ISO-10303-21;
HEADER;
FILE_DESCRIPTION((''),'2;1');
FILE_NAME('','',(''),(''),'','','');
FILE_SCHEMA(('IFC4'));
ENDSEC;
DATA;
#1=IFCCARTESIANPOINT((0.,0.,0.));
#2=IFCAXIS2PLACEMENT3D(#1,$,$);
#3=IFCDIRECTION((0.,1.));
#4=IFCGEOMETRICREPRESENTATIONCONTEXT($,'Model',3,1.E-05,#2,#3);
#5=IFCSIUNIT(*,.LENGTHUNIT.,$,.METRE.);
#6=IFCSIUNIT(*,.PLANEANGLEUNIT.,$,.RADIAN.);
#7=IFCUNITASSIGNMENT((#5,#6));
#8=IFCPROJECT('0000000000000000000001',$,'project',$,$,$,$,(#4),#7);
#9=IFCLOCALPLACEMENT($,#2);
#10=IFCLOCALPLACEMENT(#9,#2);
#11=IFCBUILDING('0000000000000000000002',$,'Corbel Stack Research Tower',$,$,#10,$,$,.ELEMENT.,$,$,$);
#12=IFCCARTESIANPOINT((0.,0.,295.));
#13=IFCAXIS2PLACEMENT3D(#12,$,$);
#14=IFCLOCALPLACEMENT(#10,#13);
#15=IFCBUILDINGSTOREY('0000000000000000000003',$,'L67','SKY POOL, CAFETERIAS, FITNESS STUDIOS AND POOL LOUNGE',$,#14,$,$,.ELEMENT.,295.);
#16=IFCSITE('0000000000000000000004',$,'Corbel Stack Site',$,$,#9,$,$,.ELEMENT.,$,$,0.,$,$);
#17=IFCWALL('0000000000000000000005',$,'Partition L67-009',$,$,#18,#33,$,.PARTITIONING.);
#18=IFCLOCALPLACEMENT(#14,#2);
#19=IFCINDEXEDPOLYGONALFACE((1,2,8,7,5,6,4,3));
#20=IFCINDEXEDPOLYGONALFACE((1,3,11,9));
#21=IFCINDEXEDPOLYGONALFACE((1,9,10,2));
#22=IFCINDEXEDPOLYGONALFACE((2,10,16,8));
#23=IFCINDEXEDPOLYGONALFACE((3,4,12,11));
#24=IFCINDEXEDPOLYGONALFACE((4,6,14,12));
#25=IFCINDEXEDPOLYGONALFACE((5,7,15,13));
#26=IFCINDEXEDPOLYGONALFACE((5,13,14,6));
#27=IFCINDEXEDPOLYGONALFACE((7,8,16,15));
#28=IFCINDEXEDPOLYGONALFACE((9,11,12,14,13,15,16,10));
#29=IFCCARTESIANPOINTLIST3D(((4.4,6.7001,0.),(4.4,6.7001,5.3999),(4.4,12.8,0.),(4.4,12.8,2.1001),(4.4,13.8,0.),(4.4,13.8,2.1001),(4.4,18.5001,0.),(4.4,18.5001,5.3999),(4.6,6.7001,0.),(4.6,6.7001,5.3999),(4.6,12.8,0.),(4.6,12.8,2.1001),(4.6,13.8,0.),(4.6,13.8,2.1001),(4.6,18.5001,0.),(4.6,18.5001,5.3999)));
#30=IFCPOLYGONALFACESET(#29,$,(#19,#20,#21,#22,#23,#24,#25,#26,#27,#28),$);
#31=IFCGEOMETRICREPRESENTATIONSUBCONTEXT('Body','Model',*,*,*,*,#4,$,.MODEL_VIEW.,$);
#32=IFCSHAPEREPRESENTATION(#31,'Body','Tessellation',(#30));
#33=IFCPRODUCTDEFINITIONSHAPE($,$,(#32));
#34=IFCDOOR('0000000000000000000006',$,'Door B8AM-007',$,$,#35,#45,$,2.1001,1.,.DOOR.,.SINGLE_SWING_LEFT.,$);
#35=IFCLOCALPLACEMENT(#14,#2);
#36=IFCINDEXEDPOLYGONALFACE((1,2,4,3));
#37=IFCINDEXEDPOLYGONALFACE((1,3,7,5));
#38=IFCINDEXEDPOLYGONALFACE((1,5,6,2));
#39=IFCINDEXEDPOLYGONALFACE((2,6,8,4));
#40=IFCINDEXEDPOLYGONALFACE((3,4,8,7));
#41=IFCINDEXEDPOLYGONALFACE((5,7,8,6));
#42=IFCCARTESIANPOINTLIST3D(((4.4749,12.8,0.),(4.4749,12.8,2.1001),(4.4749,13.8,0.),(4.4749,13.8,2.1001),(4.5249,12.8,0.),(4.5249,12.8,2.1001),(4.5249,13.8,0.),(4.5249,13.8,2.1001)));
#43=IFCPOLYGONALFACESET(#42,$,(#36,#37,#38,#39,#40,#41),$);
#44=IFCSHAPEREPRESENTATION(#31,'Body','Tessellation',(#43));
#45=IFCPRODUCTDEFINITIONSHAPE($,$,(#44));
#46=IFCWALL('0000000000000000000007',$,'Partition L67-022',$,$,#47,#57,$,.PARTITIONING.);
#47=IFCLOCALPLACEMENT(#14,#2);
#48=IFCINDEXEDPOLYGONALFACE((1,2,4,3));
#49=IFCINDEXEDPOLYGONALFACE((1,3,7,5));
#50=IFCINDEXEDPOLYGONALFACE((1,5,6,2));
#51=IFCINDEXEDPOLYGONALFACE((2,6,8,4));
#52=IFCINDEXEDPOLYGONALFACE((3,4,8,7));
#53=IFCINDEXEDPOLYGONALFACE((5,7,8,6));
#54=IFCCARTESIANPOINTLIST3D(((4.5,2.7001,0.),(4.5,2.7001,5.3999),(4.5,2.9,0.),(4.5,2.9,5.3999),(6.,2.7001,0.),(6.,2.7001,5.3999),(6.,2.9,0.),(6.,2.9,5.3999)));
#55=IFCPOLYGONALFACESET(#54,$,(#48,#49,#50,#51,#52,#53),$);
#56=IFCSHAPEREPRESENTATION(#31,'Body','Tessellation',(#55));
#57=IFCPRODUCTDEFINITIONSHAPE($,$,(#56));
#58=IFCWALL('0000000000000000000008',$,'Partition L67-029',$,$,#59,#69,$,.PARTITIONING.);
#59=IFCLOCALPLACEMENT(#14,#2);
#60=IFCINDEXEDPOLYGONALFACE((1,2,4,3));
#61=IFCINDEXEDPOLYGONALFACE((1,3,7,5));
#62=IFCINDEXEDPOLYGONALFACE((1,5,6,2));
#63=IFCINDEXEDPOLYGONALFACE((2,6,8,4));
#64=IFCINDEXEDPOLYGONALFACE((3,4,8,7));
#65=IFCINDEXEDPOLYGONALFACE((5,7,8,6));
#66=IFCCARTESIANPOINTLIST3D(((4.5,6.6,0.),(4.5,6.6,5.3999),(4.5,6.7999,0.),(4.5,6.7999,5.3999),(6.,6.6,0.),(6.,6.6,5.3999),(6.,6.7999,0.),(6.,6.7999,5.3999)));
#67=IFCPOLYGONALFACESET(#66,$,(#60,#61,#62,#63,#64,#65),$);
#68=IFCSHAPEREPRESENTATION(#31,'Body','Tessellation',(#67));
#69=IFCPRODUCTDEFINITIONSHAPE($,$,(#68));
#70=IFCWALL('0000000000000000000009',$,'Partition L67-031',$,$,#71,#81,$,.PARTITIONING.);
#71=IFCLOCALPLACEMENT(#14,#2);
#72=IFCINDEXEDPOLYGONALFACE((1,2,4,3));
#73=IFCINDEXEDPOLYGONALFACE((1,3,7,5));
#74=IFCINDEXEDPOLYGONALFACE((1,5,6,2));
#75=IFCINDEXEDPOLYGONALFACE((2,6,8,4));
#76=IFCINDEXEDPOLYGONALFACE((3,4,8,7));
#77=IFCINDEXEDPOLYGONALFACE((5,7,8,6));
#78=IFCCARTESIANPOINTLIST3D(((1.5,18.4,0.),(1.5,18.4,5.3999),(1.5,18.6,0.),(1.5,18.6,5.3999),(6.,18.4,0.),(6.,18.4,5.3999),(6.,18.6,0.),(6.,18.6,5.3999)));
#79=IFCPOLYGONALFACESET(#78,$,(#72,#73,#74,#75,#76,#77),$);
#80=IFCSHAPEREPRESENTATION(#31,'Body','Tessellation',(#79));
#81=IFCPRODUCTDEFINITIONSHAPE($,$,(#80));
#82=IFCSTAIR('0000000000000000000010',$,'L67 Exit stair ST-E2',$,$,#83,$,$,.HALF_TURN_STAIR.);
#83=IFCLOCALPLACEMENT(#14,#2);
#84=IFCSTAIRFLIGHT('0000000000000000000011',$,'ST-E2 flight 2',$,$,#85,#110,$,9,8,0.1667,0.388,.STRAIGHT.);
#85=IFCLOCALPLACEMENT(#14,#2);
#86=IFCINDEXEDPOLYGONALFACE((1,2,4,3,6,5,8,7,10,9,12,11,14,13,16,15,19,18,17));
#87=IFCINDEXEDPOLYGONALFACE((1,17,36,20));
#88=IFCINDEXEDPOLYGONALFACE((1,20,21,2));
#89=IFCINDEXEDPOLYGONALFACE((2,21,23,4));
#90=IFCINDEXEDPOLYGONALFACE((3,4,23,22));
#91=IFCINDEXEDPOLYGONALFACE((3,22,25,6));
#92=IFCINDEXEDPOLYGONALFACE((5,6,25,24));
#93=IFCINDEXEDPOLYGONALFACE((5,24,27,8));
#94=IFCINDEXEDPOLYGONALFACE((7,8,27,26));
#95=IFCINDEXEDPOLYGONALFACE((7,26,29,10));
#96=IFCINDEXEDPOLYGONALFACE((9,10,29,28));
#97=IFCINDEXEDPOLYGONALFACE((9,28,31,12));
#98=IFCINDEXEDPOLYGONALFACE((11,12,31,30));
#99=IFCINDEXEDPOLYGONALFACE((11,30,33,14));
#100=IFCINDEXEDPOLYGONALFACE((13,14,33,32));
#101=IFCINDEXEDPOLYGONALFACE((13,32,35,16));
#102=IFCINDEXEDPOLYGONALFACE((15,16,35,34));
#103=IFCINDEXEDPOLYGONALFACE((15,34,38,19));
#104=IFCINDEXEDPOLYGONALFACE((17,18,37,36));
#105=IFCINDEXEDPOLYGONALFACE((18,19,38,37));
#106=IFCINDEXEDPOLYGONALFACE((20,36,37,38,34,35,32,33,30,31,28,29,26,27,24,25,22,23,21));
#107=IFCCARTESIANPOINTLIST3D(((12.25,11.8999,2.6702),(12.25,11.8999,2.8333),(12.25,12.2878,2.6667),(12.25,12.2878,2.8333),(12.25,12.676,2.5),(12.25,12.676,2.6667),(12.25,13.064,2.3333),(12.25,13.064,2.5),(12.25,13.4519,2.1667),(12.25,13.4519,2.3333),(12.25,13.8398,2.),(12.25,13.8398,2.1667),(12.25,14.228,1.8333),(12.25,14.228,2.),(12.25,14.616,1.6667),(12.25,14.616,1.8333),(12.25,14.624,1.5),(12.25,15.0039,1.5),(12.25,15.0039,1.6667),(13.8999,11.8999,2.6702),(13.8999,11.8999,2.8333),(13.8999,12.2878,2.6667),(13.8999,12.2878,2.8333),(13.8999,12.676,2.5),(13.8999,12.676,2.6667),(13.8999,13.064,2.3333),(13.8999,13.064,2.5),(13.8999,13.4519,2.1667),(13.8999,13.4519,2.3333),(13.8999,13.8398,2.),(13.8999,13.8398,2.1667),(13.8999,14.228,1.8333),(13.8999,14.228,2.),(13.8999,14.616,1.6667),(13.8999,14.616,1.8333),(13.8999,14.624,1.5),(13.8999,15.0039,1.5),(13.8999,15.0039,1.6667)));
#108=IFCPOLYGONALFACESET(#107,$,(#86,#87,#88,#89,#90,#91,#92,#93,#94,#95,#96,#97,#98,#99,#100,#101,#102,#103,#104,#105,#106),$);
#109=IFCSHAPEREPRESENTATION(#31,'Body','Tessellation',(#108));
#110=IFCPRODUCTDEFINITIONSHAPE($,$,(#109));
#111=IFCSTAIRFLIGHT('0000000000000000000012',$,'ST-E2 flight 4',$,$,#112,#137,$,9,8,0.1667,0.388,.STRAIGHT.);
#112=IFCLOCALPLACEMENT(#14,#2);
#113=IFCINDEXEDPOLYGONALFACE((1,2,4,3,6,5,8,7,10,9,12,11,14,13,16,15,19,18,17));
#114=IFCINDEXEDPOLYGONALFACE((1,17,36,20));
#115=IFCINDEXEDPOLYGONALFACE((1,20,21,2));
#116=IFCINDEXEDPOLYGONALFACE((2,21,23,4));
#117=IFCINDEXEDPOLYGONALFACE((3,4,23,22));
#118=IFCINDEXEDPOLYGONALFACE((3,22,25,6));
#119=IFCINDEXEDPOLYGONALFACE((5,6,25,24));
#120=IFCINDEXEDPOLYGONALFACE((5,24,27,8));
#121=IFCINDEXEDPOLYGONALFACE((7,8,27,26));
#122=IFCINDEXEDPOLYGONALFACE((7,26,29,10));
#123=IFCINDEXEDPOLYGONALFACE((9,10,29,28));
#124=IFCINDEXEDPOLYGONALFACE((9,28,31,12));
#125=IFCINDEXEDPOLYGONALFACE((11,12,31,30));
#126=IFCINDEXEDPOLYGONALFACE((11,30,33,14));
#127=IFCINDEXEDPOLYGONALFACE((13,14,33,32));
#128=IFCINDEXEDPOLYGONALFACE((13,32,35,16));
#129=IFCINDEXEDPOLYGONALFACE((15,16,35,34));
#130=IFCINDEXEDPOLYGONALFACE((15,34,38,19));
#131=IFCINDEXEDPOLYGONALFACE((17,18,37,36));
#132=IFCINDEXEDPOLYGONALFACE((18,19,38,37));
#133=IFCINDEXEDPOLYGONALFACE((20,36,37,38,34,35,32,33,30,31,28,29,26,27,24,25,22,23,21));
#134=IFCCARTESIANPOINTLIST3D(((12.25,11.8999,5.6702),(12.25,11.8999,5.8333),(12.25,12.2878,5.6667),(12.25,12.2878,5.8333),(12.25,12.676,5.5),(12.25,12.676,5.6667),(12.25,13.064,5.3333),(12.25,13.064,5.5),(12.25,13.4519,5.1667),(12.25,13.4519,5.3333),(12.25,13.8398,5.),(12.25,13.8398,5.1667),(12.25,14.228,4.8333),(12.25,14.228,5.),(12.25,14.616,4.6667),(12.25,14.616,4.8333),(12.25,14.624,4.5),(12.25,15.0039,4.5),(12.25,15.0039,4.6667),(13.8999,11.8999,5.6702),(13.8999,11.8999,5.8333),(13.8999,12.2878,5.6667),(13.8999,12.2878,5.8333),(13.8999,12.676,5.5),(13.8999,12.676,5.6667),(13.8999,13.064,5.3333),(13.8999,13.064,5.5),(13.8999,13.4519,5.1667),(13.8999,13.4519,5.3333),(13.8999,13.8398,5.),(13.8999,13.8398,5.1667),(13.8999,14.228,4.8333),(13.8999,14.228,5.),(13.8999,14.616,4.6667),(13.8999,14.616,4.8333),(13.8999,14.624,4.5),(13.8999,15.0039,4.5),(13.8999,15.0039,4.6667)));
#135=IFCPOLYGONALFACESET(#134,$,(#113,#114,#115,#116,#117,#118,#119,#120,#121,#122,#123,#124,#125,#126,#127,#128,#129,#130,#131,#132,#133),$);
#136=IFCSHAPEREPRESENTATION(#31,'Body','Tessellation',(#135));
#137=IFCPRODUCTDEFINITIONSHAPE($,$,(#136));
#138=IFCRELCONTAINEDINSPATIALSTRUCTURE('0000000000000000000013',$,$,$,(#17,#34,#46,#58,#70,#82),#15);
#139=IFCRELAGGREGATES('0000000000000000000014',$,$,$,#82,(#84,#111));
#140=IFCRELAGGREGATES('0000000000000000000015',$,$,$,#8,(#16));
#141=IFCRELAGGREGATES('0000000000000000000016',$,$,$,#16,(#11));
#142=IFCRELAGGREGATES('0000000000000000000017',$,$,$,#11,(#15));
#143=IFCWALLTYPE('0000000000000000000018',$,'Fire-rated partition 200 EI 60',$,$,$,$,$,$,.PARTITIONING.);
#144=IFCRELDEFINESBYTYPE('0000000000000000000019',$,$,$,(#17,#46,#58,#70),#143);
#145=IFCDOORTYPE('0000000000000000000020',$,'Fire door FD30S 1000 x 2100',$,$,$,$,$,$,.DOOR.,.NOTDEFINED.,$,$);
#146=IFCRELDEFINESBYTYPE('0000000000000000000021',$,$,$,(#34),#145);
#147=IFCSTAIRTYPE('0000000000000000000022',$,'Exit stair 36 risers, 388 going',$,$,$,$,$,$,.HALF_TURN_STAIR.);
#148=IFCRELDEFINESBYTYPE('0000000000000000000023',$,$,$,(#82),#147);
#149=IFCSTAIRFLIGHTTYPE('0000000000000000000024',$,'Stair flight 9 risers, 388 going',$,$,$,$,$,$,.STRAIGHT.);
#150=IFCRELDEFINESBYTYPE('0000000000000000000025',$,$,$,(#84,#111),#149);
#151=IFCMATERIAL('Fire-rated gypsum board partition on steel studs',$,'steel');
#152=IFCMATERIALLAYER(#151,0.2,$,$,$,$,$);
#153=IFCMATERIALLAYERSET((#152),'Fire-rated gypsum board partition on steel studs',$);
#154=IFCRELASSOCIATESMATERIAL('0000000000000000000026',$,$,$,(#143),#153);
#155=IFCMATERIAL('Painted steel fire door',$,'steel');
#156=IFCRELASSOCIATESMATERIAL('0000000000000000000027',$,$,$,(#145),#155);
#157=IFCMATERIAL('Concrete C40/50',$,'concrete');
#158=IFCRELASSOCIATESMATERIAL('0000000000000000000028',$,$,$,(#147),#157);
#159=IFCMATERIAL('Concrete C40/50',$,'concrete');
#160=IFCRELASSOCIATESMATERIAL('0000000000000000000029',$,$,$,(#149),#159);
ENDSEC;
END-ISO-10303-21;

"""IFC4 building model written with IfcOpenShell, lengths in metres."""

from ifc_helpers import new_model, si_unit, direction, frame, frame_2d, origin, place, context, subcontext, project, spatial, polyline, rectangle, outline, extrude, material, layer, layer_set, type_object, element, fill, aggregate, save


model = new_model("IFC4")

# Units and contexts
model_context = context("Model", 3, precision=1e-05, world=origin(), true_north=direction((0.0, 1.0)))
body_context = subcontext(model_context, "Body", "Model", "MODEL_VIEW")
ifc_project = project(units=[si_unit("LENGTHUNIT", "METRE"), si_unit("PLANEANGLEUNIT", "RADIAN")], contexts=[model_context])

# Site, building, storey
site_placement = place(None, origin())
site = spatial("IfcSite", under=ifc_project, at=site_placement, Name="Corbel Stack Site", CompositionType="ELEMENT", RefElevation=0.0)
building_placement = place(site_placement, origin())
building = spatial("IfcBuilding", under=site, at=building_placement, Name="Corbel Stack Research Tower", CompositionType="ELEMENT")
storey_placement = place(building_placement, frame((0.0, 0.0, 295.0)))
storey = spatial("IfcBuildingStorey", under=building, at=storey_placement, Name="L67", Description="SKY POOL, CAFETERIAS, FITNESS STUDIOS AND POOL LOUNGE", CompositionType="ELEMENT", Elevation=295.0)

# Wall, opening, door
ifc_material_1 = material(Name="Fire-rated gypsum board partition on steel studs", Category="steel")
ifc_layer_1 = layer(ifc_material_1, 0.2)
ifc_layer_set_1 = layer_set([ifc_layer_1], Name="Fire-rated gypsum board partition on steel studs")
wall_type_1 = type_object("IfcWallType", Name="Fire-rated partition 200 EI 60", PredefinedType="PARTITIONING", material=ifc_layer_set_1)
ifc_material_2 = material(Name="Painted steel fire door", Category="steel")
door_type_1 = type_object("IfcDoorType", Name="Fire door FD30S 1000 x 2100", OperationType="NOTDEFINED", PredefinedType="DOOR", material=ifc_material_2)
wall_1_placement = place(storey_placement, frame((4.5, 18.5, 0.0), z_axis=(0.0, 0.0, 1.0), x_axis=(0.0, -1.0, 0.0)))
wall_1 = element("IfcWall", 1, at=wall_1_placement, inside=storey, type_object=wall_type_1, Name="Partition L67-009", PredefinedType="PARTITIONING", context=body_context, shape_type="SweptSolid", body=[
    extrude(rectangle(XDim=11.8, YDim=0.2, at=frame_2d((5.8999, 0.0))), origin(), (0.0, 0.0, 1.0), 5.3999),
])
opening_1_placement = place(wall_1_placement, frame((4.7, 0.0, 0.0)))
opening_1 = element("IfcOpeningElement", 2, at=opening_1_placement, cuts=wall_1, PredefinedType="OPENING", context=body_context, shape_type="SweptSolid", body=[
    extrude(rectangle(XDim=1.0, YDim=2.1001, at=frame_2d((0.5, 1.05))), frame((0.0, 0.1099, 0.0), z_axis=(0.0, -1.0, 0.0), x_axis=(1.0, 0.0, 0.0)), (0.0, 0.0, 1.0), 0.22),
])
door_1_placement = place(opening_1_placement, origin())
door_1 = element("IfcDoor", 3, at=door_1_placement, inside=storey, type_object=door_type_1, Name="Door B8AM-007", OperationType="SINGLE_SWING_LEFT", OverallHeight=2.1001, OverallWidth=1.0, PredefinedType="DOOR", context=body_context, shape_type="SweptSolid", body=[
    extrude(rectangle(XDim=1.0, YDim=2.1001, at=frame_2d((0.5, 1.05))), frame((0.0, 0.0249, 0.0), z_axis=(0.0, -1.0, 0.0), x_axis=(1.0, 0.0, 0.0)), (0.0, 0.0, 1.0), 0.05),
])
fill(opening_1, door_1)

# Walls
for number, where, z_axis, x_axis, name in (
    (4, (4.5, 2.8, 0.0), (0.0, 0.0, 1.0), (1.0, 0.0, 0.0), "Partition L67-022"),
    (5, (4.5, 6.7, 0.0), (0.0, 0.0, 1.0), (1.0, 0.0, 0.0), "Partition L67-029"),
):
    element("IfcWall", number, at=place(storey_placement, frame(where, z_axis=z_axis, x_axis=x_axis)), inside=storey, type_object=wall_type_1, Name=name, PredefinedType="PARTITIONING", context=body_context, shape_type="SweptSolid", body=[
        extrude(rectangle(XDim=1.5, YDim=0.2, at=frame_2d((0.75, 0.0))), origin(), (0.0, 0.0, 1.0), 5.3999),
    ])
wall_2_placement = place(storey_placement, frame((1.5, 18.5, 0.0), z_axis=(0.0, 0.0, 1.0), x_axis=(1.0, 0.0, 0.0)))
element("IfcWall", 6, at=wall_2_placement, inside=storey, type_object=wall_type_1, Name="Partition L67-031", PredefinedType="PARTITIONING", context=body_context, shape_type="SweptSolid", body=[
    extrude(rectangle(XDim=4.5, YDim=0.2, at=frame_2d((2.25, 0.0))), origin(), (0.0, 0.0, 1.0), 5.3999),
])

# Stair, stair flights
ifc_material_3 = material(Name="Concrete C40/50", Category="concrete")
stair_type = type_object("IfcStairType", Name="Exit stair 36 risers, 388 going", PredefinedType="HALF_TURN_STAIR", material=ifc_material_3)
stair_placement = place(storey_placement, origin())
stair = element("IfcStair", 7, at=stair_placement, inside=storey, type_object=stair_type, Name="L67 Exit stair ST-E2", PredefinedType="HALF_TURN_STAIR")
ifc_material_4 = material(Name="Concrete C40/50", Category="concrete")
stair_flight_type = type_object("IfcStairFlightType", Name="Stair flight 9 risers, 388 going", PredefinedType="STRAIGHT", material=ifc_material_4)
stair_flight_1_placement = place(storey_placement, frame((13.075, 15.0039, 1.5), z_axis=(0.0, 0.0, 1.0), x_axis=(0.0, -1.0, 0.0)))
stair_flight_1 = element("IfcStairFlight", 8, at=stair_flight_1_placement, type_object=stair_flight_type, Name="ST-E2 flight 2", NumberOfRisers=9, NumberOfTreads=8, PredefinedType="STRAIGHT", RiserHeight=0.1667, TreadLength=0.388, context=body_context, shape_type="SweptSolid", body=[
    extrude(outline(polyline([(0.0, 0.0), (0.0, 0.1667), (0.3879, 0.1667), (0.3879, 0.3333), (0.7759, 0.3333), (0.7759, 0.5), (1.1641, 0.5), (1.1641, 0.6667), (1.552, 0.6667), (1.552, 0.8333), (1.9399, 0.8333), (1.9399, 1.0), (2.3279, 1.0), (2.3279, 1.1667), (2.7161, 1.1667), (2.7161, 1.3333), (3.104, 1.3333), (3.104, 1.5), (3.104, 1.1702), (0.3799, 0.0), (0.0, 0.0)])), frame((0.0, 0.825, 0.0), z_axis=(0.0, -1.0, 0.0), x_axis=(1.0, 0.0, 0.0)), (0.0, 0.0, 1.0), 1.6499),
])
stair_flight_2_placement = place(storey_placement, frame((13.075, 15.0039, 4.5), z_axis=(0.0, 0.0, 1.0), x_axis=(0.0, -1.0, 0.0)))
stair_flight_2 = element("IfcStairFlight", 9, at=stair_flight_2_placement, type_object=stair_flight_type, Name="ST-E2 flight 4", NumberOfRisers=9, NumberOfTreads=8, PredefinedType="STRAIGHT", RiserHeight=0.1667, TreadLength=0.388, context=body_context, shape_type="SweptSolid", body=[
    extrude(outline(polyline([(0.0, 0.0), (0.0, 0.1667), (0.3879, 0.1667), (0.3879, 0.3333), (0.7759, 0.3333), (0.7759, 0.5), (1.1641, 0.5), (1.1641, 0.6667), (1.552, 0.6667), (1.552, 0.8333), (1.9399, 0.8333), (1.9399, 1.0), (2.3279, 1.0), (2.3279, 1.1667), (2.7161, 1.1667), (2.7161, 1.3333), (3.104, 1.3333), (3.104, 1.5), (3.104, 1.1702), (0.3799, 0.0), (0.0, 0.0)])), frame((0.0, 0.825, 0.0), z_axis=(0.0, -1.0, 0.0), x_axis=(1.0, 0.0, 0.0)), (0.0, 0.0, 1.0), 1.6499),
])
aggregate(stair, [stair_flight_1, stair_flight_2])

save(model, "model.ifc")
